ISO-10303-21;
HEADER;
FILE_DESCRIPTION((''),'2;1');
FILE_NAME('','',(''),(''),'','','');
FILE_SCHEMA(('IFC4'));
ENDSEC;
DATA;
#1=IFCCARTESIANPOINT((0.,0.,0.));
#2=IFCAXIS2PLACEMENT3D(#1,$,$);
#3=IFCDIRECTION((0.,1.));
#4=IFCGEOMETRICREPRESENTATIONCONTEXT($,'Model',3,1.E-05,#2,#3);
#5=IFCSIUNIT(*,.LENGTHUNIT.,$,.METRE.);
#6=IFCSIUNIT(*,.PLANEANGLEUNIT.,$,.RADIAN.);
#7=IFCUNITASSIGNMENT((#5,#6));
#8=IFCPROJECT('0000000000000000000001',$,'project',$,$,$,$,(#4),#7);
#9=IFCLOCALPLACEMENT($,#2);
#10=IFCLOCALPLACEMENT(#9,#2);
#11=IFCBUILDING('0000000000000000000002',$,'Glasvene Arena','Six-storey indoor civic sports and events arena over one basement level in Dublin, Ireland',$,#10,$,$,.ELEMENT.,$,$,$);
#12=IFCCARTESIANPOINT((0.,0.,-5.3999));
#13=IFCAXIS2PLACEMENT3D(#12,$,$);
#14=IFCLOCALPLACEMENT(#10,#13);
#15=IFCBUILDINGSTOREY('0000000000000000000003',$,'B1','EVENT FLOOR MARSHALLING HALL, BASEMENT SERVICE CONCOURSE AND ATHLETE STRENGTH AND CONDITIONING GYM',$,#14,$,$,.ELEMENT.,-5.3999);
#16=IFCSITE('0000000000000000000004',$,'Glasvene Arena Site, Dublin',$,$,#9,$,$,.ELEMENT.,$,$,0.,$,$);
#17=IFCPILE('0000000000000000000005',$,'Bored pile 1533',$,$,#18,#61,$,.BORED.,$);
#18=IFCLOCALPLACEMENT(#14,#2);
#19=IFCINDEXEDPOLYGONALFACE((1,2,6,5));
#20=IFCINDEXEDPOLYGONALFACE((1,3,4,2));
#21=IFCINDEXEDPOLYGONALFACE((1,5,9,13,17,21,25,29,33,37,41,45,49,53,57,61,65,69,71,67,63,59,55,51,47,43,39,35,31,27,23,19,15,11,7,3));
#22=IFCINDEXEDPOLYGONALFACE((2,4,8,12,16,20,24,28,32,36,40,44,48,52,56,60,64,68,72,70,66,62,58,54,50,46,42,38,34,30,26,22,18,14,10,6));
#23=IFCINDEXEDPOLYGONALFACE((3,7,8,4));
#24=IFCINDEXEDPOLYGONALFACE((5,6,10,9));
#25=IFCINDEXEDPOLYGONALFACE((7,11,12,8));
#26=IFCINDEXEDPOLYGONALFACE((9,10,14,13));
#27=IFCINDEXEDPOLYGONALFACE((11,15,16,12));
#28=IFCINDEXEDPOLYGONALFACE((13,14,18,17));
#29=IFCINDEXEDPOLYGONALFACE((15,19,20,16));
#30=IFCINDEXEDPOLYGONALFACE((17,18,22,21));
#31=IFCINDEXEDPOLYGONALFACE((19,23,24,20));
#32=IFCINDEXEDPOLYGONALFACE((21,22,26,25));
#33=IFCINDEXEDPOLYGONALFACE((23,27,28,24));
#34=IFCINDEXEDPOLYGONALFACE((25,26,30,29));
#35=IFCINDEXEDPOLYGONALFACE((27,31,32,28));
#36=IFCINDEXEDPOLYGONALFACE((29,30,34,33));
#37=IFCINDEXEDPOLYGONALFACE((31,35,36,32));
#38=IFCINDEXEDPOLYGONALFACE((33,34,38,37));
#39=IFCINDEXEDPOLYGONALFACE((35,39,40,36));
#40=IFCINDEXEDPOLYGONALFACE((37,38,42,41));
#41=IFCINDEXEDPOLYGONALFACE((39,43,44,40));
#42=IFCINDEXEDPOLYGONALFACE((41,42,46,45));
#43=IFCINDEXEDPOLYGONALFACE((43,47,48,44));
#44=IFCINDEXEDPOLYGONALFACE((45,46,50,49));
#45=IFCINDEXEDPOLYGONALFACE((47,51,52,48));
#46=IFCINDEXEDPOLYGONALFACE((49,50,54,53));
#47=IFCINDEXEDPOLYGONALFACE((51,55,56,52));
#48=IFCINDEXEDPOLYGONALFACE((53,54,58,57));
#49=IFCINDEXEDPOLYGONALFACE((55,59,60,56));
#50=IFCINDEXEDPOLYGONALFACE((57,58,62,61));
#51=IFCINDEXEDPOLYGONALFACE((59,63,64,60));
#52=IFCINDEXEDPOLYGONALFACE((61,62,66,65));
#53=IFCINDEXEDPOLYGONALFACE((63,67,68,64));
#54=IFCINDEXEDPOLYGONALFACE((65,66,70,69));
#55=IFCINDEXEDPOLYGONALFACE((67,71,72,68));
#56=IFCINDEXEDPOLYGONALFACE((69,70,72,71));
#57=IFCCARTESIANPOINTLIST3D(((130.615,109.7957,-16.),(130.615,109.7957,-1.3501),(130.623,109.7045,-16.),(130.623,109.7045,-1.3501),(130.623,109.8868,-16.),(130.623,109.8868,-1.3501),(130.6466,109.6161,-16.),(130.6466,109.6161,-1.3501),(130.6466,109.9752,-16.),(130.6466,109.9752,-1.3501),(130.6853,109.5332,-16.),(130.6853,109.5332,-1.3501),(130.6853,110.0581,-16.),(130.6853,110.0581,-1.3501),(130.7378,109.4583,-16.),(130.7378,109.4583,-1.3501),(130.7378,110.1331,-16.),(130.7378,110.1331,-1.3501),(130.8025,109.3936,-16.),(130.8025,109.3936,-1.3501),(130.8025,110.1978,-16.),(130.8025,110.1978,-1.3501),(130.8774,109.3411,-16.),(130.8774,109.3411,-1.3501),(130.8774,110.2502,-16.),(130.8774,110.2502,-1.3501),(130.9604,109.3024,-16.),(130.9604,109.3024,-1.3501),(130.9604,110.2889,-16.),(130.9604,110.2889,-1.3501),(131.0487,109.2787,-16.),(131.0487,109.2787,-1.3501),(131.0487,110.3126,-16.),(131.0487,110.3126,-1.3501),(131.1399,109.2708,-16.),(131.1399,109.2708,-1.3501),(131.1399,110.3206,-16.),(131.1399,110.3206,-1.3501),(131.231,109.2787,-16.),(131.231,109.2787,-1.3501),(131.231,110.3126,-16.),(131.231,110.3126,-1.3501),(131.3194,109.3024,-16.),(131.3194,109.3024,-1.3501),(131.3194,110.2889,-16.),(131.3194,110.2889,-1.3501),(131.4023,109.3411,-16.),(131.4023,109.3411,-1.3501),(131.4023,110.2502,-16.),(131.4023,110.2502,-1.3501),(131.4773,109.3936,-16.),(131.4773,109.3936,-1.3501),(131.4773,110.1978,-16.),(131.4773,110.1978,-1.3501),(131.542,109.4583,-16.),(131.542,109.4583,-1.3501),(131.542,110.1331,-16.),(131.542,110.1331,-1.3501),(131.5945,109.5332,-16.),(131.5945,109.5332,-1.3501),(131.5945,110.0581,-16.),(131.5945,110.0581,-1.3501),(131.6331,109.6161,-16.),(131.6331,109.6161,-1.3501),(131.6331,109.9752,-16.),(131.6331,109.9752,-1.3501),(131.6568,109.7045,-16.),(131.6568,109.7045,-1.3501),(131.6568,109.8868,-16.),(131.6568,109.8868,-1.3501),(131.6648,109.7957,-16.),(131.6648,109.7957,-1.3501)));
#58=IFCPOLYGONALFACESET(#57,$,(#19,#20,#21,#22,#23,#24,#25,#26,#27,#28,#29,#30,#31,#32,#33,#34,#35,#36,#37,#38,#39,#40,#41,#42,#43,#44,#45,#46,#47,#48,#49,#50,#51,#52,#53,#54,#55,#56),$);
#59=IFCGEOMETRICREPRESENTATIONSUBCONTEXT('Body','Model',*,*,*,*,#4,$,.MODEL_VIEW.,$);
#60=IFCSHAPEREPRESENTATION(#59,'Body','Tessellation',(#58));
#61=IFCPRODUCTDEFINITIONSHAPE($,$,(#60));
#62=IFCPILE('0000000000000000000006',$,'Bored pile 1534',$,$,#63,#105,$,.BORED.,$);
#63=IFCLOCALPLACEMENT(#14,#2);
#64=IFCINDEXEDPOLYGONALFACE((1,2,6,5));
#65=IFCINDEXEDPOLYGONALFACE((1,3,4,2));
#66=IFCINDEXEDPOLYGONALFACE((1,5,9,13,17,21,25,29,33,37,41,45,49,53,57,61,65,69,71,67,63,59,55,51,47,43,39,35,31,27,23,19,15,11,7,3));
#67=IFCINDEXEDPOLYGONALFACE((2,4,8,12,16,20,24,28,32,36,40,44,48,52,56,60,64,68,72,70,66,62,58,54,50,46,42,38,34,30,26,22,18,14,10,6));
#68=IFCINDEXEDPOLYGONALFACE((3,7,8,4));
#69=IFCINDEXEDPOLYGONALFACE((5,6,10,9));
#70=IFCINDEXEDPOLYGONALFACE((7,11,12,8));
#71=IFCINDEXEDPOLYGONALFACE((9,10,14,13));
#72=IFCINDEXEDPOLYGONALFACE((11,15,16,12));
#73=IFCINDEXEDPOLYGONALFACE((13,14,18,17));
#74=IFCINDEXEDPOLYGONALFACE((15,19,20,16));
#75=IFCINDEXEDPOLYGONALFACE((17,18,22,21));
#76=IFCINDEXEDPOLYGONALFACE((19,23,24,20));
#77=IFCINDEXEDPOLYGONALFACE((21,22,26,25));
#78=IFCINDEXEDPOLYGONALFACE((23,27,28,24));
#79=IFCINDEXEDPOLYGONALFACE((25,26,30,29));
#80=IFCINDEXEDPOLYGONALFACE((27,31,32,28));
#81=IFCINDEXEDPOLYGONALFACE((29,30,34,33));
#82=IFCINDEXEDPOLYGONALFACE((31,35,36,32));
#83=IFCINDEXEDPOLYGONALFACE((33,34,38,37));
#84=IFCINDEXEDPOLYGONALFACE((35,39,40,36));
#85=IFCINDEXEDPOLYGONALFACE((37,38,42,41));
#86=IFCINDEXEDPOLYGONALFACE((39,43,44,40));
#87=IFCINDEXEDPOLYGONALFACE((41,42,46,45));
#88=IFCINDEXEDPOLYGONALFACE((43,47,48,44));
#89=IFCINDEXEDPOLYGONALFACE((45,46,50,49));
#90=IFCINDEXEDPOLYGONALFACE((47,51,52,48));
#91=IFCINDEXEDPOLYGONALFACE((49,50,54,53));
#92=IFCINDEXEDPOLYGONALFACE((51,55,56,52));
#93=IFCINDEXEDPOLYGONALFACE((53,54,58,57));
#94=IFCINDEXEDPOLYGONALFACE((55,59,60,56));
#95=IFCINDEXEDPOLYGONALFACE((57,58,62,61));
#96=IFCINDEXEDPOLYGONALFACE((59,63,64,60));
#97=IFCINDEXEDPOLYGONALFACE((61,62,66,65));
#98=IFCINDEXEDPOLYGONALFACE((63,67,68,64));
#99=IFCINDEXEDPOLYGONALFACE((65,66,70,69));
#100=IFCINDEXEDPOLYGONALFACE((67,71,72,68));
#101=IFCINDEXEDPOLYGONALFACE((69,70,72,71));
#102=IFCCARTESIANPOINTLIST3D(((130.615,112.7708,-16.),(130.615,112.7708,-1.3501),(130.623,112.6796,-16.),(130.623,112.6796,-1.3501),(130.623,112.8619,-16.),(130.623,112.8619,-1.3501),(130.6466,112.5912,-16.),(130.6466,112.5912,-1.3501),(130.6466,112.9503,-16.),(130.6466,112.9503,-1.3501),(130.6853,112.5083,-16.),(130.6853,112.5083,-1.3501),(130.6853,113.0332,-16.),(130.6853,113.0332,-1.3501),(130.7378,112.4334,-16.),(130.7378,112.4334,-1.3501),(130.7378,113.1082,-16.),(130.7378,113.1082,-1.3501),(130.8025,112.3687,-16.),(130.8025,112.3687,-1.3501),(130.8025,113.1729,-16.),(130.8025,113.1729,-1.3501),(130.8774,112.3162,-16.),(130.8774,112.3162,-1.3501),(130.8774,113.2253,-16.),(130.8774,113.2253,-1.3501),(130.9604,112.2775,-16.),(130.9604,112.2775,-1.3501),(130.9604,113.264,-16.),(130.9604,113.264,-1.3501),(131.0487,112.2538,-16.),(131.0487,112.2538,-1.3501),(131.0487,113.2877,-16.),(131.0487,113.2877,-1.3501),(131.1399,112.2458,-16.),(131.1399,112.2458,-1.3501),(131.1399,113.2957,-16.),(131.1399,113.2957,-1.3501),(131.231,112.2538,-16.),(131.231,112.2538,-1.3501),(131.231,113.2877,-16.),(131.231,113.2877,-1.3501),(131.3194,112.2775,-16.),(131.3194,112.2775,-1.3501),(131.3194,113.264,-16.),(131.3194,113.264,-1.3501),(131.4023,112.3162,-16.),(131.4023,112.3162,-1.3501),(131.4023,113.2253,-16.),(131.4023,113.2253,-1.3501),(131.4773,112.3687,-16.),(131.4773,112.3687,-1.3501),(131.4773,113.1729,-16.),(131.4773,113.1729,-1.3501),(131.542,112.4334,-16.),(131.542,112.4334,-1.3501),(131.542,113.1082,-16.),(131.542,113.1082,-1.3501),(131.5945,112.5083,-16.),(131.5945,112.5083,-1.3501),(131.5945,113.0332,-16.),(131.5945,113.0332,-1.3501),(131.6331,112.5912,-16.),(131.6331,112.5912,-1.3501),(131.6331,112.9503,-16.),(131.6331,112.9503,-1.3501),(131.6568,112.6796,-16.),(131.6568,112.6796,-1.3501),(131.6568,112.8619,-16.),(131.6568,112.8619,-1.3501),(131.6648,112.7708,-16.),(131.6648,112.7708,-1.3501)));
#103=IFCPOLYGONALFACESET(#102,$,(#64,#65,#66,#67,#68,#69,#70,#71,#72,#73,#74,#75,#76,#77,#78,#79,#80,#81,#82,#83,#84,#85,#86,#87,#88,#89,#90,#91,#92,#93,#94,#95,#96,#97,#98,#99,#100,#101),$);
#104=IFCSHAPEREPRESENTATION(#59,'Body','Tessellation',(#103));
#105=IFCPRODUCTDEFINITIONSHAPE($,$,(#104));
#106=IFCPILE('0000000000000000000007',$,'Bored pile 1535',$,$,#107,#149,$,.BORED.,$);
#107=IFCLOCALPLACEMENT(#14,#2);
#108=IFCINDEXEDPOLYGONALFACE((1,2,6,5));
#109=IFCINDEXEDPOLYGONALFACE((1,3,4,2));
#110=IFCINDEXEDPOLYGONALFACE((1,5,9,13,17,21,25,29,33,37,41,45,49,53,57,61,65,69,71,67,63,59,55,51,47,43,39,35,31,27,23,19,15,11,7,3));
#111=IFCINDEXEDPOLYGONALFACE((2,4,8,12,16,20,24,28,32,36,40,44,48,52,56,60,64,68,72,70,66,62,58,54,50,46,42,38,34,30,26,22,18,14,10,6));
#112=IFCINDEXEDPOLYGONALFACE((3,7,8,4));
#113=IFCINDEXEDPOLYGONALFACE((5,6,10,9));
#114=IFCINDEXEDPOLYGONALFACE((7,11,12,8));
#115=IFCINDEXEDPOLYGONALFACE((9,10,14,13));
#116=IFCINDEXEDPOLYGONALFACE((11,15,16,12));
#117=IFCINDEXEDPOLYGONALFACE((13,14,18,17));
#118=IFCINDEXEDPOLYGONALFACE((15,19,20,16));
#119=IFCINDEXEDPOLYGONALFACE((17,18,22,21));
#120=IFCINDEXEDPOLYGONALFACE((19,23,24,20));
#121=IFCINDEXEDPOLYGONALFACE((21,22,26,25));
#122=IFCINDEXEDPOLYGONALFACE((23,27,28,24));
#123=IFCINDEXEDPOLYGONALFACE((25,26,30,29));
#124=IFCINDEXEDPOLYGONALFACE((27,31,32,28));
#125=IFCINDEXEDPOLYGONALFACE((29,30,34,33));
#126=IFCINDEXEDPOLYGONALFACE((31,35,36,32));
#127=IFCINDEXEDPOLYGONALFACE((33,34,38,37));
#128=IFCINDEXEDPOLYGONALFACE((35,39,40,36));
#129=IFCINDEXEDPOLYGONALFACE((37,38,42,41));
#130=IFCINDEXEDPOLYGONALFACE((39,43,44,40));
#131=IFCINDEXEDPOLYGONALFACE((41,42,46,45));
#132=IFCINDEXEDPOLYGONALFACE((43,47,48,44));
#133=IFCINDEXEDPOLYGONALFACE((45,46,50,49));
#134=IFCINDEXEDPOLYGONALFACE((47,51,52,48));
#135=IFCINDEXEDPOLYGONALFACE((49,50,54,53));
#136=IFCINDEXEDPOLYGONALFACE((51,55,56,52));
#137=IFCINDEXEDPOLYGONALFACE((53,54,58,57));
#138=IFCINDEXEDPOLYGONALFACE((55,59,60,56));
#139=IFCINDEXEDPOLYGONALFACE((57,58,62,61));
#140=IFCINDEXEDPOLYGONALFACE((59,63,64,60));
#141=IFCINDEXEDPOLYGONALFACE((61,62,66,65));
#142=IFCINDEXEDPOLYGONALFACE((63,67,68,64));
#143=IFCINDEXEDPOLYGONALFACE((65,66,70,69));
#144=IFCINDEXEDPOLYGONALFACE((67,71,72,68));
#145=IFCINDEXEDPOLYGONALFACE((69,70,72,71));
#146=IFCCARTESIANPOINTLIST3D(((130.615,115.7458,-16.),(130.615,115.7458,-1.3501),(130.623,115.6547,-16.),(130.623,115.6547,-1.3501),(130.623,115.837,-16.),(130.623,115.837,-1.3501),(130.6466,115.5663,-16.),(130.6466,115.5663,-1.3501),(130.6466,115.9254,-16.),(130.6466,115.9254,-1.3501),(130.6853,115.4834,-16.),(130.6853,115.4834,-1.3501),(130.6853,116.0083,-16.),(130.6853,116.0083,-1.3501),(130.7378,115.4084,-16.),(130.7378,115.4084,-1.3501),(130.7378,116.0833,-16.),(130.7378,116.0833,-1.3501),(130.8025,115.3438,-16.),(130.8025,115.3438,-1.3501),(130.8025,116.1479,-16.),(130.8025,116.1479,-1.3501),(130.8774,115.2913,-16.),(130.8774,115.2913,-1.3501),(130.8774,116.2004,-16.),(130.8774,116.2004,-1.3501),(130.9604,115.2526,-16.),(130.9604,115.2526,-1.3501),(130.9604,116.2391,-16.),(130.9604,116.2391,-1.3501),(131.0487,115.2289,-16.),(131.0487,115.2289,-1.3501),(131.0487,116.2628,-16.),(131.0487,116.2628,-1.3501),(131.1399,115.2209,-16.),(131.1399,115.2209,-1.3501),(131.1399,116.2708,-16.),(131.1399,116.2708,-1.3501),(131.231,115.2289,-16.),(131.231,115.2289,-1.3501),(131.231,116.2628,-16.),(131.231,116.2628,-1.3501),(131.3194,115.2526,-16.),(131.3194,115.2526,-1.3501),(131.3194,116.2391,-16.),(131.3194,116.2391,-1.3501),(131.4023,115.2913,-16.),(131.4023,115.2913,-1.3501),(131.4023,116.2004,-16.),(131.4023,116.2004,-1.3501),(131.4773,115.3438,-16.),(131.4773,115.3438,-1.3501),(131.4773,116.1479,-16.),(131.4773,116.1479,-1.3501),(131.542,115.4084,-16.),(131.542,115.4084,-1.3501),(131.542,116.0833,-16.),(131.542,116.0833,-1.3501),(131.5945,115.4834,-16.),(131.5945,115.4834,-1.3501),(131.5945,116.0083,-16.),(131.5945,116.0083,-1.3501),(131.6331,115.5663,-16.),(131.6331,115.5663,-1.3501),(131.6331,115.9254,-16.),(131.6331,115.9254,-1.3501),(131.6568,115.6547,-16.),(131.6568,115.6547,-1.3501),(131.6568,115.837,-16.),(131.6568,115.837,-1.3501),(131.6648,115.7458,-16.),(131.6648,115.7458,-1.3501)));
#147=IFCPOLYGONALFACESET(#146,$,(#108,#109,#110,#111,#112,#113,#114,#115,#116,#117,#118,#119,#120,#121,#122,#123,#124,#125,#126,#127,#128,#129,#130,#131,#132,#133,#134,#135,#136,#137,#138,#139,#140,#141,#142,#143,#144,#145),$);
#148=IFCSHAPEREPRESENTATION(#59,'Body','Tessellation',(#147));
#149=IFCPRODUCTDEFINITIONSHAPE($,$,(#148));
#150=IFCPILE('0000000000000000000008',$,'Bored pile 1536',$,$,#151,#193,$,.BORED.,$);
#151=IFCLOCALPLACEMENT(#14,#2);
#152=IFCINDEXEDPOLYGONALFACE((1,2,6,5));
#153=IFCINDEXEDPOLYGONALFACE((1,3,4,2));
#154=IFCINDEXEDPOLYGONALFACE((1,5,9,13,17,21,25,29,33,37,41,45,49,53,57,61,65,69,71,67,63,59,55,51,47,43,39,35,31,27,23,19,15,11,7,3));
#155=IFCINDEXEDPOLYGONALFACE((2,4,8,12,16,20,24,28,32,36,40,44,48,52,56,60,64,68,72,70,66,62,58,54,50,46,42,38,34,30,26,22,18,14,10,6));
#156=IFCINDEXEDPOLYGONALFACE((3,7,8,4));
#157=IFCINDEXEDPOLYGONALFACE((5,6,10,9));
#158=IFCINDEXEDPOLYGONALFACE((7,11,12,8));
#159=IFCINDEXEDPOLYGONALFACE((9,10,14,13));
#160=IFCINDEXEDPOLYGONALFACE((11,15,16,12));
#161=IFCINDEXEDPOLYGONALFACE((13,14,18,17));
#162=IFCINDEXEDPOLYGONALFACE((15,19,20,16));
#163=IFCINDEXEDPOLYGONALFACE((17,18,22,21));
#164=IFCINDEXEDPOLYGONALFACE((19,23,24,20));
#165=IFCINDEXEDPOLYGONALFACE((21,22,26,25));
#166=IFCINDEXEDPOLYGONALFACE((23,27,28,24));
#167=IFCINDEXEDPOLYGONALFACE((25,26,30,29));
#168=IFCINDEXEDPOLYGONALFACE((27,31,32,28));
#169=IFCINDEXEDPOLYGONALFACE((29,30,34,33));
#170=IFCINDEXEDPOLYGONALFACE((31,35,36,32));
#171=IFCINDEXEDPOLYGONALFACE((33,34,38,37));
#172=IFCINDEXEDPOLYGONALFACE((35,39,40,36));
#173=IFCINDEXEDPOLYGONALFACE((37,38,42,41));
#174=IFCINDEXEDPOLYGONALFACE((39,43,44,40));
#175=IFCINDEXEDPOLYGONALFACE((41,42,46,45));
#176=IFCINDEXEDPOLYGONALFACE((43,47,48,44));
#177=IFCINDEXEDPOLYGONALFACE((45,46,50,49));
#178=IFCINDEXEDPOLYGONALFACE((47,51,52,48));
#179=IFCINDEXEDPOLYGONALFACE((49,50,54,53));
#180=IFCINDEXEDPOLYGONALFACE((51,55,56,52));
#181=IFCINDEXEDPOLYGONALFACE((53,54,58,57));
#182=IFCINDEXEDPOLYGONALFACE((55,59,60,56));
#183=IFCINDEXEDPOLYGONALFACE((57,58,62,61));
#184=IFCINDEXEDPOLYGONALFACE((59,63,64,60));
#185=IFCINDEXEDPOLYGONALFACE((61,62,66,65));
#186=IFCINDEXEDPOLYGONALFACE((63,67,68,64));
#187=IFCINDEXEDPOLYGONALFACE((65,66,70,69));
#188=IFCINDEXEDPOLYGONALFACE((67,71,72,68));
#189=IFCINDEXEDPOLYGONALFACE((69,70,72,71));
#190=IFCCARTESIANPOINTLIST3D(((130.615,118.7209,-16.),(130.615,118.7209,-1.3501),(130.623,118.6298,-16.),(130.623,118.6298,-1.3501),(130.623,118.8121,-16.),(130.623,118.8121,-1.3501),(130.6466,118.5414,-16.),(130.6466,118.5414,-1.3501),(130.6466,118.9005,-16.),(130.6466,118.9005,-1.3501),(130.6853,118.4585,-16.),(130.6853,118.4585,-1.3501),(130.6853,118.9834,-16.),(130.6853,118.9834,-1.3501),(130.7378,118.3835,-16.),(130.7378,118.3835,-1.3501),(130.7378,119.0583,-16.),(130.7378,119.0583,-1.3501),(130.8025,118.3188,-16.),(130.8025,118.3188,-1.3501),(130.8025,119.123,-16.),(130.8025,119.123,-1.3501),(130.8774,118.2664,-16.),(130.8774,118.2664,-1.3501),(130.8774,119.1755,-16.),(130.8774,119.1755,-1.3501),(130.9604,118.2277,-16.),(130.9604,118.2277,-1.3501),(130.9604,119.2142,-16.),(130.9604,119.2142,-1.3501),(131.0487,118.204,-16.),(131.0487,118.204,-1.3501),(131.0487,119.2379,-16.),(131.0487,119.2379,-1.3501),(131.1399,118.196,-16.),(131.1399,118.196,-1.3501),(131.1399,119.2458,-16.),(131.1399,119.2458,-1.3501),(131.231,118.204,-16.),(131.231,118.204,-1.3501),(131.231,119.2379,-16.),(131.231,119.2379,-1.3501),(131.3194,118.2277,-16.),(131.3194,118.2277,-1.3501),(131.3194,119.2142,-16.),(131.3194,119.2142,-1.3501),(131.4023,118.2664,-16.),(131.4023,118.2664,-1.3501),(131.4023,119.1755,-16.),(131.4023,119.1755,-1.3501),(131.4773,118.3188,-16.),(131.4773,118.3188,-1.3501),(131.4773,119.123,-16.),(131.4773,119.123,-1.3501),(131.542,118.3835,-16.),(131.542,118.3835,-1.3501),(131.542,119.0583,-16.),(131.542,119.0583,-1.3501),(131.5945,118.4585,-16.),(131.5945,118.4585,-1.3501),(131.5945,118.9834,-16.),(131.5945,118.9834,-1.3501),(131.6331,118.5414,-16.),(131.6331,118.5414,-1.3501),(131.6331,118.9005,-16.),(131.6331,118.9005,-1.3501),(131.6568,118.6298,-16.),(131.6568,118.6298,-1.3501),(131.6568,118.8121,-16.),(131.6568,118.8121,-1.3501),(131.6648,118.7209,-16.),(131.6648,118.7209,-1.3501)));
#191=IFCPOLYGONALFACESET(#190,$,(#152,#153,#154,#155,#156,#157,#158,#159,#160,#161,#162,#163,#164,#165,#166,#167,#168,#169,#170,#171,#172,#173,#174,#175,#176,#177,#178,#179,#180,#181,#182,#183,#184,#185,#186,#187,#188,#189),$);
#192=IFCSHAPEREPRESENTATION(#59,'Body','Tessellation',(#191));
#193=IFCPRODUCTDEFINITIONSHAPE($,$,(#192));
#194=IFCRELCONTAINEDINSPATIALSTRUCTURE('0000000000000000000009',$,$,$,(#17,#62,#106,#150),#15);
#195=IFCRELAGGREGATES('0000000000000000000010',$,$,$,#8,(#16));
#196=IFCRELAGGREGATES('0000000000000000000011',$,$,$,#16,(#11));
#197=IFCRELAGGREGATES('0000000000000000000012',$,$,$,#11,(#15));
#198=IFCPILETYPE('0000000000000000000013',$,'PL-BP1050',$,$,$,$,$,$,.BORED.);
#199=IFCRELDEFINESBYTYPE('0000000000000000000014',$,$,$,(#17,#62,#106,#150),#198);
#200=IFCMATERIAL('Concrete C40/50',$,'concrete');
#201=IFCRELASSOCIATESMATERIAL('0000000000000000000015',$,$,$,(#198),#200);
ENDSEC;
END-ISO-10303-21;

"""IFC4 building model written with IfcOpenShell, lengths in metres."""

from ifc_helpers import new_model, si_unit, direction, frame, origin, origin_2d, place, context, subcontext, project, spatial, circle, extrude, material, material_profile, profile_set, type_object, element, save


model = new_model("IFC4")

# Units and contexts
model_context = context("Model", 3, precision=1e-05, world=origin(), true_north=direction((0.0, 1.0)))
body_context = subcontext(model_context, "Body", "Model", "MODEL_VIEW")
ifc_project = project(units=[si_unit("LENGTHUNIT", "METRE"), si_unit("PLANEANGLEUNIT", "RADIAN")], contexts=[model_context])

# Site, building, storey
site_placement = place(None, origin())
site = spatial("IfcSite", under=ifc_project, at=site_placement, Name="Glasvene Arena Site, Dublin", CompositionType="ELEMENT", RefElevation=0.0)
building_placement = place(site_placement, origin())
building = spatial("IfcBuilding", under=site, at=building_placement, Name="Glasvene Arena", Description="Six-storey indoor civic sports and events arena over one basement level in Dublin, Ireland", CompositionType="ELEMENT")
storey_placement = place(building_placement, frame((0.0, 0.0, -5.3999)))
storey = spatial("IfcBuildingStorey", under=building, at=storey_placement, Name="B1", Description="EVENT FLOOR MARSHALLING HALL, BASEMENT SERVICE CONCOURSE AND ATHLETE STRENGTH AND CONDITIONING GYM", CompositionType="ELEMENT", Elevation=-5.3999)

# Piles
ifc_material_1 = material(Name="Concrete C40/50", Category="concrete")
ifc_material_profile_1 = material_profile(ifc_material_1, circle(Radius=0.5249, at=origin_2d()), Name="BORED PILE 1050")
ifc_profile_set_1 = profile_set([ifc_material_profile_1], Name="Concrete C40/50")
pile_type = type_object("IfcPileType", Name="PL-BP1050", PredefinedType="BORED", material=ifc_profile_set_1)
for number, where, z_axis, x_axis, name in (
    (1, (131.1399, 109.7957, -1.3501), (0.0, 0.0, -1.0), (1.0, 0.0, 0.0), "Bored pile 1533"),
    (2, (131.1399, 112.7708, -1.3501), (0.0, 0.0, -1.0), (1.0, 0.0, 0.0), "Bored pile 1534"),
    (3, (131.1399, 115.7458, -1.3501), (0.0, 0.0, -1.0), (1.0, 0.0, 0.0), "Bored pile 1535"),
    (4, (131.1399, 118.7209, -1.3501), (0.0, 0.0, -1.0), (1.0, 0.0, 0.0), "Bored pile 1536"),
):
    element("IfcPile", number, at=place(storey_placement, frame(where, z_axis=z_axis, x_axis=x_axis)), inside=storey, type_object=pile_type, Name=name, PredefinedType="BORED", context=body_context, shape_type="SweptSolid", body=[
        extrude(circle(Radius=0.5249, at=origin_2d()), origin(), (0.0, 0.0, 1.0), 14.6499),
    ])

save(model, "model.ifc")
